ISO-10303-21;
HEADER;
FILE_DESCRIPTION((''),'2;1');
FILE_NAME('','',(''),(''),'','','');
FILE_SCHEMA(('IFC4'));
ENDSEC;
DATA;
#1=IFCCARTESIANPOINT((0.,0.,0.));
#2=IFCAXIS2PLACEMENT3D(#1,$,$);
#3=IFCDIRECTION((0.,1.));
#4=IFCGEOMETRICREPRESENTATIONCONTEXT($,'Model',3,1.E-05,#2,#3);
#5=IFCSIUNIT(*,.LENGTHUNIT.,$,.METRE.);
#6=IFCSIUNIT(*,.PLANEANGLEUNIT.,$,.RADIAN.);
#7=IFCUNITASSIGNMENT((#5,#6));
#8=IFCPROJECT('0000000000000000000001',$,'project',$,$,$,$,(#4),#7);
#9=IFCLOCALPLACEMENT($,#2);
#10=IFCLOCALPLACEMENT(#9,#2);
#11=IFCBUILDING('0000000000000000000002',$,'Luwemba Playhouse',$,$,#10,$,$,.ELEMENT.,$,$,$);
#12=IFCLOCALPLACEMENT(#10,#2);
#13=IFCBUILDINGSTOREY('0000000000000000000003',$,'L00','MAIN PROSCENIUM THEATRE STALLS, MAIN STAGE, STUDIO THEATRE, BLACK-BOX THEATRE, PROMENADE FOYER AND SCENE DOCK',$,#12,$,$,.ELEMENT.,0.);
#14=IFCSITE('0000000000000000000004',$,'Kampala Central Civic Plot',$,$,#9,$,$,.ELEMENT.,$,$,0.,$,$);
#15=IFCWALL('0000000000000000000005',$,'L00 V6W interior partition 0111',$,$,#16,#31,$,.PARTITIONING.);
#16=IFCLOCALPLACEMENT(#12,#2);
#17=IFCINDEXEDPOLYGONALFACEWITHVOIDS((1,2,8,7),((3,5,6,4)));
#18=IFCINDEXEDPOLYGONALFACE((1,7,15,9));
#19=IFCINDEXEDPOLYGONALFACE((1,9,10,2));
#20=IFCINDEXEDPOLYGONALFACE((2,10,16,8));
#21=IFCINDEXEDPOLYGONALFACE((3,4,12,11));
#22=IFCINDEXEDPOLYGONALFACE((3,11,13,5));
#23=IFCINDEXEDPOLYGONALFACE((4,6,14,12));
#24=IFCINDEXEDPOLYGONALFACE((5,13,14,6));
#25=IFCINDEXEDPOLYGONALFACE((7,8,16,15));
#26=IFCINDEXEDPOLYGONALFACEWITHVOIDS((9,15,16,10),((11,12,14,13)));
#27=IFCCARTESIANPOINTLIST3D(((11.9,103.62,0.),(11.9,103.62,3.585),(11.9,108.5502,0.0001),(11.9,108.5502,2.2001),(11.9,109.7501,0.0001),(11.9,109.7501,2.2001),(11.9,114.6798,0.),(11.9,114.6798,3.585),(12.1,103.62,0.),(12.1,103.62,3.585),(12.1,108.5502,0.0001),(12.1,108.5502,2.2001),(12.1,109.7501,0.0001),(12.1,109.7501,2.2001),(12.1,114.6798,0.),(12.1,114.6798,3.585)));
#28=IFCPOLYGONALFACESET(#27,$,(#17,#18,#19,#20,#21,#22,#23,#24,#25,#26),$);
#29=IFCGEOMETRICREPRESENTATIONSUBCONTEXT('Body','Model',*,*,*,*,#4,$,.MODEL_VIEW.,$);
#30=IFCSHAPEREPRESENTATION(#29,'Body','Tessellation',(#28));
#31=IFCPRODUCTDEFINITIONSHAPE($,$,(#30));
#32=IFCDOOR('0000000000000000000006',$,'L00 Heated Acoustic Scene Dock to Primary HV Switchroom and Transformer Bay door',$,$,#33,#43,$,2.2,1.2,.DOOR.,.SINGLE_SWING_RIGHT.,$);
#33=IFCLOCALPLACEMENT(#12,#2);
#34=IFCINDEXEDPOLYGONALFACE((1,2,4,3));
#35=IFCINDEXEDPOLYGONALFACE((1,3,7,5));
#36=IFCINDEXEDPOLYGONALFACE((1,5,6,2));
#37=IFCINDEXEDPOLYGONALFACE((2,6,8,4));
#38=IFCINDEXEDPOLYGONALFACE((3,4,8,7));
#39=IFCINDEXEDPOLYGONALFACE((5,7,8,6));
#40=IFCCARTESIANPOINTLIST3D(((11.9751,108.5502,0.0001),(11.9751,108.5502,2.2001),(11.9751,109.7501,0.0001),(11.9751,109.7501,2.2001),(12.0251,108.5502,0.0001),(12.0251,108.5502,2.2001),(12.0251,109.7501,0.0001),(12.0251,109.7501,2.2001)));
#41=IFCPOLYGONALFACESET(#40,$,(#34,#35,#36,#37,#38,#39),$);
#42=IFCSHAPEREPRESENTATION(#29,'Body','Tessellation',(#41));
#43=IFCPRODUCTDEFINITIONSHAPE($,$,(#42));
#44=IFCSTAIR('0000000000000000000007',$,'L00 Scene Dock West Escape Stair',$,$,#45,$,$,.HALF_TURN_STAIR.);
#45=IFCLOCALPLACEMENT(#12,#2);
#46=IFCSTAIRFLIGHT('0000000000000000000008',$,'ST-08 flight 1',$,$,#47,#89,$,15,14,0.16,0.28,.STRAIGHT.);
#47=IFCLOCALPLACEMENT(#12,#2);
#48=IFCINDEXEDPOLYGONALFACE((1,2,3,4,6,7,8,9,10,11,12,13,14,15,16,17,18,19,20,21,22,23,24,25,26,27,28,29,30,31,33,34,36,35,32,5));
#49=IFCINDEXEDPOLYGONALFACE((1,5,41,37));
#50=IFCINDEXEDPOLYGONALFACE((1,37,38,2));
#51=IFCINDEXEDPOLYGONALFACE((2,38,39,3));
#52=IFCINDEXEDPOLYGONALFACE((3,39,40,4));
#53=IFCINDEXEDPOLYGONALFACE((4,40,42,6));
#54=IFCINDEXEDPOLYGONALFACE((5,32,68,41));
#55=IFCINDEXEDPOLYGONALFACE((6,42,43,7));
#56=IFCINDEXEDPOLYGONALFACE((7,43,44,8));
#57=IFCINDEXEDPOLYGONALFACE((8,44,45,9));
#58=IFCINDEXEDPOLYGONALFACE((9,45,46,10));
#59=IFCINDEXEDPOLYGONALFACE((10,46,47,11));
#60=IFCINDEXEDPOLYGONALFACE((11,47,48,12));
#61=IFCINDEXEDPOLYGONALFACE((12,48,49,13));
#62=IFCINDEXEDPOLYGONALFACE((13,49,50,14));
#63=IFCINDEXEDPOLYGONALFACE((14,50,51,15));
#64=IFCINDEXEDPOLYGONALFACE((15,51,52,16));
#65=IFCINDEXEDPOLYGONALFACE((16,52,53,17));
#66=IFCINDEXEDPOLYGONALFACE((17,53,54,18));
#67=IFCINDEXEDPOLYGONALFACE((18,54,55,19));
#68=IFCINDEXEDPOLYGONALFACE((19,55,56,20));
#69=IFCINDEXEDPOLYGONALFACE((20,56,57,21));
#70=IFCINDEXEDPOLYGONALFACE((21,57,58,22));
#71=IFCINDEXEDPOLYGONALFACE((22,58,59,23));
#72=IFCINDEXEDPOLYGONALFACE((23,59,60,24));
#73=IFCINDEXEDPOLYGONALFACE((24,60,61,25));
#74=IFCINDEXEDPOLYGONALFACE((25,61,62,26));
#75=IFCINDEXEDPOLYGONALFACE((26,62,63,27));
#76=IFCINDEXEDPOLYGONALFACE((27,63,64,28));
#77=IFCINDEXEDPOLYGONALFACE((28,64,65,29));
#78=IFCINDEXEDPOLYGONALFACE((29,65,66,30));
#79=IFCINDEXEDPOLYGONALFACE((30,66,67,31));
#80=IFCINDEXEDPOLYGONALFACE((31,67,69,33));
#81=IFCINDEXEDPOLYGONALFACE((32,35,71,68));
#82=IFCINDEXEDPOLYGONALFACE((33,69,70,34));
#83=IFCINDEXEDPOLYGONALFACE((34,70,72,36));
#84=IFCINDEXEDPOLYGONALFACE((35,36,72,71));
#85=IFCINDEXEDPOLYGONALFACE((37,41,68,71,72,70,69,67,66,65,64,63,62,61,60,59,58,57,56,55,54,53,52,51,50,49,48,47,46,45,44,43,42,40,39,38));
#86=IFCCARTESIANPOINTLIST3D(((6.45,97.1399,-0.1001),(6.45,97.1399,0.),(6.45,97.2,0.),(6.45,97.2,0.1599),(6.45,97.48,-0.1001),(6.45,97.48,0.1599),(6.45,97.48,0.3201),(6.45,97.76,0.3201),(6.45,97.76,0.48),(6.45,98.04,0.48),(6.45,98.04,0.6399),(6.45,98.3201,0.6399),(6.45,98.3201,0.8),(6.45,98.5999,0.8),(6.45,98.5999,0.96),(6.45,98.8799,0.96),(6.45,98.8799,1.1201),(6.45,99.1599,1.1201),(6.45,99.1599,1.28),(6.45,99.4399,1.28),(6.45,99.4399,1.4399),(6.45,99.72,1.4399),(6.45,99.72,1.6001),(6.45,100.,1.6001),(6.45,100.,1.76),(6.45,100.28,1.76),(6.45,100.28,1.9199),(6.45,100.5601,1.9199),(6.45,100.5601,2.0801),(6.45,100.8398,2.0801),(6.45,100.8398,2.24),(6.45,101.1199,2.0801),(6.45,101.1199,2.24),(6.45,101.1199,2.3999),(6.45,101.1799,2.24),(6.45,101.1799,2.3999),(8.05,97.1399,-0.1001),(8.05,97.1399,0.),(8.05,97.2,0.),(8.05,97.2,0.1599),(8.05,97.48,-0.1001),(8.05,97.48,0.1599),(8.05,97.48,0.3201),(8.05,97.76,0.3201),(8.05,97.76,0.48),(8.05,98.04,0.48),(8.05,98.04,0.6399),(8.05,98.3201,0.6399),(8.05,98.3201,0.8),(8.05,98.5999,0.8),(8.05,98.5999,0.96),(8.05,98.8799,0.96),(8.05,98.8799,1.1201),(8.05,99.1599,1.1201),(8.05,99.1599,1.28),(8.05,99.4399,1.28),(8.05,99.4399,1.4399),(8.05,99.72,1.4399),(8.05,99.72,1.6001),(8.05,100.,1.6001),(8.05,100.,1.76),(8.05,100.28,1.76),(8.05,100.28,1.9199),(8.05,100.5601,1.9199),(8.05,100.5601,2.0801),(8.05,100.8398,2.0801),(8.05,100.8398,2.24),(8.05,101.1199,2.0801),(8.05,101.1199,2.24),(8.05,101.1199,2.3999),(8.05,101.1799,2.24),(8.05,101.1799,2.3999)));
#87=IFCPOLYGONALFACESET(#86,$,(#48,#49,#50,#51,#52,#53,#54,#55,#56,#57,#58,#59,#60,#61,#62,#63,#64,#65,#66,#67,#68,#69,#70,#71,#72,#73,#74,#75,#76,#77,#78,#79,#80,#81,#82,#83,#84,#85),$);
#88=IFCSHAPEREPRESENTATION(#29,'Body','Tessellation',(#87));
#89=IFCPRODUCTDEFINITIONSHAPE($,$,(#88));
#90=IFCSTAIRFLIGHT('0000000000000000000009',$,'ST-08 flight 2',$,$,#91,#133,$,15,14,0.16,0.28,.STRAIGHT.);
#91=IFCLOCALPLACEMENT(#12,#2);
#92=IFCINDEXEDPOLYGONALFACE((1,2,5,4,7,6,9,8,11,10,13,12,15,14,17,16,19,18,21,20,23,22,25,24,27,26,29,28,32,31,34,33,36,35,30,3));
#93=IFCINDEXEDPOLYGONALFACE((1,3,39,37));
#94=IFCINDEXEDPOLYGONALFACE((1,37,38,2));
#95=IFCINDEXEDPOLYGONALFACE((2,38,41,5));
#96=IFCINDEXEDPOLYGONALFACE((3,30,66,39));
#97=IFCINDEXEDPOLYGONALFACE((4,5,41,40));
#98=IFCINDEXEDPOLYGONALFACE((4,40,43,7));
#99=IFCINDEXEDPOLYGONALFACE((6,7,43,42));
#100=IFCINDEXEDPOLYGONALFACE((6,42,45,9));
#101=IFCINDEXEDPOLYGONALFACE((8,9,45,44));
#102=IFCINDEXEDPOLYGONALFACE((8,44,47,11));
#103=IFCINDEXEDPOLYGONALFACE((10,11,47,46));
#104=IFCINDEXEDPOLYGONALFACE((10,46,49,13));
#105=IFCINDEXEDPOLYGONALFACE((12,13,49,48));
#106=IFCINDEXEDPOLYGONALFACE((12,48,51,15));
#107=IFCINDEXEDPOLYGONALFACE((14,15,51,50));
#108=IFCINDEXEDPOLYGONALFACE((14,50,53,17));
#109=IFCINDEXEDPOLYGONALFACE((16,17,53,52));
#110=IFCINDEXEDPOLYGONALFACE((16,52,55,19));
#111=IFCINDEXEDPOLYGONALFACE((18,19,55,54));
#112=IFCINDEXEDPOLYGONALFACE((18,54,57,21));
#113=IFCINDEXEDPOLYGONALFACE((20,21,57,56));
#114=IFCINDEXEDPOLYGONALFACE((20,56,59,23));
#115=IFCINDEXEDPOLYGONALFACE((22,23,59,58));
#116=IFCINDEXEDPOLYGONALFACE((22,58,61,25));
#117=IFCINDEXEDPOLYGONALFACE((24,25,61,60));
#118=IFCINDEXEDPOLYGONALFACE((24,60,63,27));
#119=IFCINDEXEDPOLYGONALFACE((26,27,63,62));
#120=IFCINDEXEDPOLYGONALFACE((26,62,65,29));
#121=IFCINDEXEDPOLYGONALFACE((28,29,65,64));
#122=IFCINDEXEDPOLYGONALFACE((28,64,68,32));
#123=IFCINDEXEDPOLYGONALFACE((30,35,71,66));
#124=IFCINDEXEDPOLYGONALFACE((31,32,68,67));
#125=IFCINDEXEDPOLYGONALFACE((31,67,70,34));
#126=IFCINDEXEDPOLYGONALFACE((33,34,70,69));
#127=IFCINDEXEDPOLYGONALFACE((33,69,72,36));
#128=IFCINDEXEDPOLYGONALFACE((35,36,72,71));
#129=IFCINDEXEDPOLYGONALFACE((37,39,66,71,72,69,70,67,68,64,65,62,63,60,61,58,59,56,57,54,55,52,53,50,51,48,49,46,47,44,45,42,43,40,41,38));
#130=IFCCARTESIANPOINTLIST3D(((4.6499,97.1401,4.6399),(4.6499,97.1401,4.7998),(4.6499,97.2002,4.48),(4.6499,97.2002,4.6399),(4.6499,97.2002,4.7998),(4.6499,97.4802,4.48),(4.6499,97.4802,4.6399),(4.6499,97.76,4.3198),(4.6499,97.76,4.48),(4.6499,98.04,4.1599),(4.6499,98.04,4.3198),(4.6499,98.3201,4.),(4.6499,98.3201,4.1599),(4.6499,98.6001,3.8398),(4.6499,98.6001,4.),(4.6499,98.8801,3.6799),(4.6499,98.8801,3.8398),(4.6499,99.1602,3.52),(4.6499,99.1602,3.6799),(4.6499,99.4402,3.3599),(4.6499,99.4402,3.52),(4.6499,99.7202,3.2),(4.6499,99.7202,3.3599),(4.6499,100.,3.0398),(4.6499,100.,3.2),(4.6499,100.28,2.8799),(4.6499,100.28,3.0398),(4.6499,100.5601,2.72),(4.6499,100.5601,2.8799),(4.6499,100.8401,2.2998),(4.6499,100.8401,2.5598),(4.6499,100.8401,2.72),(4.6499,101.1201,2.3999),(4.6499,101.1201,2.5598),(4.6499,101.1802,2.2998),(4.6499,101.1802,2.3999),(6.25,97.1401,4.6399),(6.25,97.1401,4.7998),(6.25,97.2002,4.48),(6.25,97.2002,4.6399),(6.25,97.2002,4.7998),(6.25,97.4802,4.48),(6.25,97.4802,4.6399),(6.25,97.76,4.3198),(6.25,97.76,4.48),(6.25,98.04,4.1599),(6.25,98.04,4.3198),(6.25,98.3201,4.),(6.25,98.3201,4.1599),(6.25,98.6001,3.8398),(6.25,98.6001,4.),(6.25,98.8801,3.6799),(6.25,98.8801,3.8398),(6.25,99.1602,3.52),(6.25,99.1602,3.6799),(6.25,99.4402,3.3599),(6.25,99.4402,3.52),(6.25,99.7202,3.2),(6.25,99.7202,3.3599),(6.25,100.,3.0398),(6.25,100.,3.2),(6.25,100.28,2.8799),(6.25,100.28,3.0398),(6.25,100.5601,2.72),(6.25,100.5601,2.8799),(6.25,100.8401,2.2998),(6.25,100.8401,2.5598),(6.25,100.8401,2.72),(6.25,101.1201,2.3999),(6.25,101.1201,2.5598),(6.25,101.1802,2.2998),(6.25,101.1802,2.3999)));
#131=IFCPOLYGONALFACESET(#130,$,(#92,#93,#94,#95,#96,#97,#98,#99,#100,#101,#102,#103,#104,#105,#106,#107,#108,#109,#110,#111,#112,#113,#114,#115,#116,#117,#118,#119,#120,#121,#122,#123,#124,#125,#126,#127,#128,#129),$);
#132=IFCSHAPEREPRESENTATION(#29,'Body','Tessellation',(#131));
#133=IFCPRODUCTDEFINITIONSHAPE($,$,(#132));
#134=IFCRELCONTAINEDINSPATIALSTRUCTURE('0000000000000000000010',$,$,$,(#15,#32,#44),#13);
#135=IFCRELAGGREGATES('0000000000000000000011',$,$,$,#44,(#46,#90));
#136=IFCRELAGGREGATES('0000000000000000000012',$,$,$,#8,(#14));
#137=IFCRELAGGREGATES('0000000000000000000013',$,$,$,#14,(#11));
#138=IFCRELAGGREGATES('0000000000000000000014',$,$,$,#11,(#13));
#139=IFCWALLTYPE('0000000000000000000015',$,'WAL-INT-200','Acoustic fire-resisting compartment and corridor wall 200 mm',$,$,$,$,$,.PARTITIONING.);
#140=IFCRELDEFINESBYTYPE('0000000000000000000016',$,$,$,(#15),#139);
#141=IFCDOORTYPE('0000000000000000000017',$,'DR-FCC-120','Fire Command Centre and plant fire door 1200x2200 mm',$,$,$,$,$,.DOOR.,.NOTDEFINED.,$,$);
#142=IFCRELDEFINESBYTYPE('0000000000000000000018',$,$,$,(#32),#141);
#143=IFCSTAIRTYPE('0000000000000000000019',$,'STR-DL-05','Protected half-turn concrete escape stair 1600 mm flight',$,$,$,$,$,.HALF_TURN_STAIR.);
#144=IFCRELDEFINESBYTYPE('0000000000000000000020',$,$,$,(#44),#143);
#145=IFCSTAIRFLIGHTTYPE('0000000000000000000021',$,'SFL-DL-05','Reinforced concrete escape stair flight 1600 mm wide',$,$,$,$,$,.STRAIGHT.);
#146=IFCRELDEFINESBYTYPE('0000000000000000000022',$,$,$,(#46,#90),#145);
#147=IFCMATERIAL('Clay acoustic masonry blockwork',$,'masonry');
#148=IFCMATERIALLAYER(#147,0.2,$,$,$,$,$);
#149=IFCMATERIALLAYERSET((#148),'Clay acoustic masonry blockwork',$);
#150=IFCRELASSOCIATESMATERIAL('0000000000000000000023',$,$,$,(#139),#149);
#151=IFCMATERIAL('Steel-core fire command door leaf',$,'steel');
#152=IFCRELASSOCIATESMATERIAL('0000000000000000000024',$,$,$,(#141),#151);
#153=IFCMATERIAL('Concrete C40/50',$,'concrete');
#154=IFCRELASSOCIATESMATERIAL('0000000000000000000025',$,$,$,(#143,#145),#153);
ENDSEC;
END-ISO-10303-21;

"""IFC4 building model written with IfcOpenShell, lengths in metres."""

from ifc_helpers import new_model, si_unit, direction, frame, frame_2d, origin, place, context, subcontext, project, spatial, polyline, rectangle, outline, extrude, material, layer, layer_set, type_object, element, fill, aggregate, save


model = new_model("IFC4")

# Units and contexts
model_context = context("Model", 3, precision=1e-05, world=origin(), true_north=direction((0.0, 1.0)))
body_context = subcontext(model_context, "Body", "Model", "MODEL_VIEW")
ifc_project = project(units=[si_unit("LENGTHUNIT", "METRE"), si_unit("PLANEANGLEUNIT", "RADIAN")], contexts=[model_context])

# Site, building, storey
site_placement = place(None, origin())
site = spatial("IfcSite", under=ifc_project, at=site_placement, Name="Kampala Central Civic Plot", CompositionType="ELEMENT", RefElevation=0.0)
building_placement = place(site_placement, origin())
building = spatial("IfcBuilding", under=site, at=building_placement, Name="Luwemba Playhouse", CompositionType="ELEMENT")
storey_placement = place(building_placement, origin())
storey = spatial("IfcBuildingStorey", under=building, at=storey_placement, Name="L00", Description="MAIN PROSCENIUM THEATRE STALLS, MAIN STAGE, STUDIO THEATRE, BLACK-BOX THEATRE, PROMENADE FOYER AND SCENE DOCK", CompositionType="ELEMENT", Elevation=0.0)

# Shared definitions
ifc_material_1 = material(Name="Concrete C40/50", Category="concrete")

# Wall, opening, door
ifc_material_2 = material(Name="Clay acoustic masonry blockwork", Category="masonry")
ifc_layer_1 = layer(ifc_material_2, 0.2)
ifc_layer_set_1 = layer_set([ifc_layer_1], Name="Clay acoustic masonry blockwork")
wall_type_1 = type_object("IfcWallType", Name="WAL-INT-200", Description="Acoustic fire-resisting compartment and corridor wall 200 mm", PredefinedType="PARTITIONING", material=ifc_layer_set_1)
wall_1_placement = place(storey_placement, frame((12.0, 103.6201, 0.0), z_axis=(0.0, 0.0, 1.0), x_axis=(0.0, 1.0, 0.0)))
wall_1 = element("IfcWall", 1, at=wall_1_placement, inside=storey, type_object=wall_type_1, Name="L00 V6W interior partition 0111", PredefinedType="PARTITIONING", context=body_context, shape_type="SweptSolid", body=[
    extrude(rectangle(XDim=11.0598, YDim=0.2, at=frame_2d((5.5298, 0.0))), origin(), (0.0, 0.0, 1.0), 3.585),
])
opening_1_placement = place(wall_1_placement, frame((4.9299, 0.0, 0.0)))
opening_1 = element("IfcOpeningElement", 2, at=opening_1_placement, cuts=wall_1, PredefinedType="OPENING", context=body_context, shape_type="SweptSolid", body=[
    extrude(rectangle(XDim=1.2, YDim=2.2, at=frame_2d((0.6001, 1.1001))), frame((0.0, 0.1099, 0.0), z_axis=(0.0, -1.0, 0.0), x_axis=(1.0, 0.0, 0.0)), (0.0, 0.0, 1.0), 0.22),
])
ifc_material_3 = material(Name="Steel-core fire command door leaf", Category="steel")
door_type_1 = type_object("IfcDoorType", Name="DR-FCC-120", Description="Fire Command Centre and plant fire door 1200x2200 mm", OperationType="NOTDEFINED", PredefinedType="DOOR", material=ifc_material_3)
door_1_placement = place(opening_1_placement, origin())
door_1 = element("IfcDoor", 3, at=door_1_placement, inside=storey, type_object=door_type_1, Name="L00 Heated Acoustic Scene Dock to Primary HV Switchroom and Transformer Bay door", OperationType="SINGLE_SWING_RIGHT", OverallHeight=2.2, OverallWidth=1.2, PredefinedType="DOOR", context=body_context, shape_type="SweptSolid", body=[
    extrude(rectangle(XDim=1.2, YDim=2.2, at=frame_2d((0.6001, 1.1001))), frame((0.0, 0.0249, 0.0), z_axis=(0.0, -1.0, 0.0), x_axis=(1.0, 0.0, 0.0)), (0.0, 0.0, 1.0), 0.05),
])
fill(opening_1, door_1)

# Stair, stair flights
stair_type = type_object("IfcStairType", Name="STR-DL-05", Description="Protected half-turn concrete escape stair 1600 mm flight", PredefinedType="HALF_TURN_STAIR", material=ifc_material_1)
stair_placement = place(storey_placement, origin())
stair = element("IfcStair", 4, at=stair_placement, inside=storey, type_object=stair_type, Name="L00 Scene Dock West Escape Stair", PredefinedType="HALF_TURN_STAIR")
stair_flight_type = type_object("IfcStairFlightType", Name="SFL-DL-05", Description="Reinforced concrete escape stair flight 1600 mm wide", PredefinedType="STRAIGHT", material=ifc_material_1)
stair_flight_1_placement = place(storey_placement, frame((7.25, 97.2, 0.0), z_axis=(0.0, 0.0, 1.0), x_axis=(0.0, 1.0, 0.0)))
stair_flight_1 = element("IfcStairFlight", 5, at=stair_flight_1_placement, type_object=stair_flight_type, Name="ST-08 flight 1", NumberOfRisers=15, NumberOfTreads=14, PredefinedType="STRAIGHT", RiserHeight=0.16, TreadLength=0.28, context=body_context, shape_type="SweptSolid", body=[
    extrude(outline(polyline([(-0.0601, -0.1001), (-0.0601, 0.0), (0.0, 0.0), (0.0, 0.1599), (0.28, 0.1599), (0.28, 0.3201), (0.5601, 0.3201), (0.5601, 0.48), (0.8401, 0.48), (0.8401, 0.6399), (1.1201, 0.6399), (1.1201, 0.8), (1.3999, 0.8), (1.3999, 0.96), (1.6799, 0.96), (1.6799, 1.1201), (1.96, 1.1201), (1.96, 1.28), (2.24, 1.28), (2.24, 1.4399), (2.52, 1.4399), (2.52, 1.6001), (2.8, 1.6001), (2.8, 1.76), (3.0801, 1.76), (3.0801, 1.9199), (3.3601, 1.9199), (3.3601, 2.0801), (3.6399, 2.0801), (3.6399, 2.24), (3.9199, 2.24), (3.9199, 2.3999), (3.98, 2.3999), (3.98, 2.24), (3.9199, 2.0801), (0.28, -0.1001), (-0.0601, -0.1001)])), frame((0.0, 0.8, 0.0), z_axis=(0.0, -1.0, 0.0), x_axis=(1.0, 0.0, 0.0)), (0.0, 0.0, 1.0), 1.6001),
])
stair_flight_2_placement = place(storey_placement, frame((5.45, 101.1201, 2.3999), z_axis=(0.0, 0.0, 1.0), x_axis=(0.0, -1.0, 0.0)))
stair_flight_2 = element("IfcStairFlight", 6, at=stair_flight_2_placement, type_object=stair_flight_type, Name="ST-08 flight 2", NumberOfRisers=15, NumberOfTreads=14, PredefinedType="STRAIGHT", RiserHeight=0.16, TreadLength=0.28, context=body_context, shape_type="SweptSolid", body=[
    extrude(outline(polyline([(-0.0601, -0.1001), (-0.0601, 0.0), (0.0, 0.0), (0.0, 0.1599), (0.28, 0.1599), (0.28, 0.3201), (0.5601, 0.3201), (0.5601, 0.48), (0.8401, 0.48), (0.8401, 0.6399), (1.1201, 0.6399), (1.1201, 0.8), (1.3999, 0.8), (1.3999, 0.96), (1.6799, 0.96), (1.6799, 1.1201), (1.96, 1.1201), (1.96, 1.28), (2.24, 1.28), (2.24, 1.4399), (2.52, 1.4399), (2.52, 1.6001), (2.8, 1.6001), (2.8, 1.76), (3.0801, 1.76), (3.0801, 1.9199), (3.3601, 1.9199), (3.3601, 2.0801), (3.6399, 2.0801), (3.6399, 2.24), (3.9199, 2.24), (3.9199, 2.3999), (3.98, 2.3999), (3.98, 2.24), (3.9199, 2.0801), (0.28, -0.1001), (-0.0601, -0.1001)])), frame((0.0, 0.8, 0.0), z_axis=(0.0, -1.0, 0.0), x_axis=(1.0, 0.0, 0.0)), (0.0, 0.0, 1.0), 1.6001),
])
aggregate(stair, [stair_flight_1, stair_flight_2])

save(model, "model.ifc")
